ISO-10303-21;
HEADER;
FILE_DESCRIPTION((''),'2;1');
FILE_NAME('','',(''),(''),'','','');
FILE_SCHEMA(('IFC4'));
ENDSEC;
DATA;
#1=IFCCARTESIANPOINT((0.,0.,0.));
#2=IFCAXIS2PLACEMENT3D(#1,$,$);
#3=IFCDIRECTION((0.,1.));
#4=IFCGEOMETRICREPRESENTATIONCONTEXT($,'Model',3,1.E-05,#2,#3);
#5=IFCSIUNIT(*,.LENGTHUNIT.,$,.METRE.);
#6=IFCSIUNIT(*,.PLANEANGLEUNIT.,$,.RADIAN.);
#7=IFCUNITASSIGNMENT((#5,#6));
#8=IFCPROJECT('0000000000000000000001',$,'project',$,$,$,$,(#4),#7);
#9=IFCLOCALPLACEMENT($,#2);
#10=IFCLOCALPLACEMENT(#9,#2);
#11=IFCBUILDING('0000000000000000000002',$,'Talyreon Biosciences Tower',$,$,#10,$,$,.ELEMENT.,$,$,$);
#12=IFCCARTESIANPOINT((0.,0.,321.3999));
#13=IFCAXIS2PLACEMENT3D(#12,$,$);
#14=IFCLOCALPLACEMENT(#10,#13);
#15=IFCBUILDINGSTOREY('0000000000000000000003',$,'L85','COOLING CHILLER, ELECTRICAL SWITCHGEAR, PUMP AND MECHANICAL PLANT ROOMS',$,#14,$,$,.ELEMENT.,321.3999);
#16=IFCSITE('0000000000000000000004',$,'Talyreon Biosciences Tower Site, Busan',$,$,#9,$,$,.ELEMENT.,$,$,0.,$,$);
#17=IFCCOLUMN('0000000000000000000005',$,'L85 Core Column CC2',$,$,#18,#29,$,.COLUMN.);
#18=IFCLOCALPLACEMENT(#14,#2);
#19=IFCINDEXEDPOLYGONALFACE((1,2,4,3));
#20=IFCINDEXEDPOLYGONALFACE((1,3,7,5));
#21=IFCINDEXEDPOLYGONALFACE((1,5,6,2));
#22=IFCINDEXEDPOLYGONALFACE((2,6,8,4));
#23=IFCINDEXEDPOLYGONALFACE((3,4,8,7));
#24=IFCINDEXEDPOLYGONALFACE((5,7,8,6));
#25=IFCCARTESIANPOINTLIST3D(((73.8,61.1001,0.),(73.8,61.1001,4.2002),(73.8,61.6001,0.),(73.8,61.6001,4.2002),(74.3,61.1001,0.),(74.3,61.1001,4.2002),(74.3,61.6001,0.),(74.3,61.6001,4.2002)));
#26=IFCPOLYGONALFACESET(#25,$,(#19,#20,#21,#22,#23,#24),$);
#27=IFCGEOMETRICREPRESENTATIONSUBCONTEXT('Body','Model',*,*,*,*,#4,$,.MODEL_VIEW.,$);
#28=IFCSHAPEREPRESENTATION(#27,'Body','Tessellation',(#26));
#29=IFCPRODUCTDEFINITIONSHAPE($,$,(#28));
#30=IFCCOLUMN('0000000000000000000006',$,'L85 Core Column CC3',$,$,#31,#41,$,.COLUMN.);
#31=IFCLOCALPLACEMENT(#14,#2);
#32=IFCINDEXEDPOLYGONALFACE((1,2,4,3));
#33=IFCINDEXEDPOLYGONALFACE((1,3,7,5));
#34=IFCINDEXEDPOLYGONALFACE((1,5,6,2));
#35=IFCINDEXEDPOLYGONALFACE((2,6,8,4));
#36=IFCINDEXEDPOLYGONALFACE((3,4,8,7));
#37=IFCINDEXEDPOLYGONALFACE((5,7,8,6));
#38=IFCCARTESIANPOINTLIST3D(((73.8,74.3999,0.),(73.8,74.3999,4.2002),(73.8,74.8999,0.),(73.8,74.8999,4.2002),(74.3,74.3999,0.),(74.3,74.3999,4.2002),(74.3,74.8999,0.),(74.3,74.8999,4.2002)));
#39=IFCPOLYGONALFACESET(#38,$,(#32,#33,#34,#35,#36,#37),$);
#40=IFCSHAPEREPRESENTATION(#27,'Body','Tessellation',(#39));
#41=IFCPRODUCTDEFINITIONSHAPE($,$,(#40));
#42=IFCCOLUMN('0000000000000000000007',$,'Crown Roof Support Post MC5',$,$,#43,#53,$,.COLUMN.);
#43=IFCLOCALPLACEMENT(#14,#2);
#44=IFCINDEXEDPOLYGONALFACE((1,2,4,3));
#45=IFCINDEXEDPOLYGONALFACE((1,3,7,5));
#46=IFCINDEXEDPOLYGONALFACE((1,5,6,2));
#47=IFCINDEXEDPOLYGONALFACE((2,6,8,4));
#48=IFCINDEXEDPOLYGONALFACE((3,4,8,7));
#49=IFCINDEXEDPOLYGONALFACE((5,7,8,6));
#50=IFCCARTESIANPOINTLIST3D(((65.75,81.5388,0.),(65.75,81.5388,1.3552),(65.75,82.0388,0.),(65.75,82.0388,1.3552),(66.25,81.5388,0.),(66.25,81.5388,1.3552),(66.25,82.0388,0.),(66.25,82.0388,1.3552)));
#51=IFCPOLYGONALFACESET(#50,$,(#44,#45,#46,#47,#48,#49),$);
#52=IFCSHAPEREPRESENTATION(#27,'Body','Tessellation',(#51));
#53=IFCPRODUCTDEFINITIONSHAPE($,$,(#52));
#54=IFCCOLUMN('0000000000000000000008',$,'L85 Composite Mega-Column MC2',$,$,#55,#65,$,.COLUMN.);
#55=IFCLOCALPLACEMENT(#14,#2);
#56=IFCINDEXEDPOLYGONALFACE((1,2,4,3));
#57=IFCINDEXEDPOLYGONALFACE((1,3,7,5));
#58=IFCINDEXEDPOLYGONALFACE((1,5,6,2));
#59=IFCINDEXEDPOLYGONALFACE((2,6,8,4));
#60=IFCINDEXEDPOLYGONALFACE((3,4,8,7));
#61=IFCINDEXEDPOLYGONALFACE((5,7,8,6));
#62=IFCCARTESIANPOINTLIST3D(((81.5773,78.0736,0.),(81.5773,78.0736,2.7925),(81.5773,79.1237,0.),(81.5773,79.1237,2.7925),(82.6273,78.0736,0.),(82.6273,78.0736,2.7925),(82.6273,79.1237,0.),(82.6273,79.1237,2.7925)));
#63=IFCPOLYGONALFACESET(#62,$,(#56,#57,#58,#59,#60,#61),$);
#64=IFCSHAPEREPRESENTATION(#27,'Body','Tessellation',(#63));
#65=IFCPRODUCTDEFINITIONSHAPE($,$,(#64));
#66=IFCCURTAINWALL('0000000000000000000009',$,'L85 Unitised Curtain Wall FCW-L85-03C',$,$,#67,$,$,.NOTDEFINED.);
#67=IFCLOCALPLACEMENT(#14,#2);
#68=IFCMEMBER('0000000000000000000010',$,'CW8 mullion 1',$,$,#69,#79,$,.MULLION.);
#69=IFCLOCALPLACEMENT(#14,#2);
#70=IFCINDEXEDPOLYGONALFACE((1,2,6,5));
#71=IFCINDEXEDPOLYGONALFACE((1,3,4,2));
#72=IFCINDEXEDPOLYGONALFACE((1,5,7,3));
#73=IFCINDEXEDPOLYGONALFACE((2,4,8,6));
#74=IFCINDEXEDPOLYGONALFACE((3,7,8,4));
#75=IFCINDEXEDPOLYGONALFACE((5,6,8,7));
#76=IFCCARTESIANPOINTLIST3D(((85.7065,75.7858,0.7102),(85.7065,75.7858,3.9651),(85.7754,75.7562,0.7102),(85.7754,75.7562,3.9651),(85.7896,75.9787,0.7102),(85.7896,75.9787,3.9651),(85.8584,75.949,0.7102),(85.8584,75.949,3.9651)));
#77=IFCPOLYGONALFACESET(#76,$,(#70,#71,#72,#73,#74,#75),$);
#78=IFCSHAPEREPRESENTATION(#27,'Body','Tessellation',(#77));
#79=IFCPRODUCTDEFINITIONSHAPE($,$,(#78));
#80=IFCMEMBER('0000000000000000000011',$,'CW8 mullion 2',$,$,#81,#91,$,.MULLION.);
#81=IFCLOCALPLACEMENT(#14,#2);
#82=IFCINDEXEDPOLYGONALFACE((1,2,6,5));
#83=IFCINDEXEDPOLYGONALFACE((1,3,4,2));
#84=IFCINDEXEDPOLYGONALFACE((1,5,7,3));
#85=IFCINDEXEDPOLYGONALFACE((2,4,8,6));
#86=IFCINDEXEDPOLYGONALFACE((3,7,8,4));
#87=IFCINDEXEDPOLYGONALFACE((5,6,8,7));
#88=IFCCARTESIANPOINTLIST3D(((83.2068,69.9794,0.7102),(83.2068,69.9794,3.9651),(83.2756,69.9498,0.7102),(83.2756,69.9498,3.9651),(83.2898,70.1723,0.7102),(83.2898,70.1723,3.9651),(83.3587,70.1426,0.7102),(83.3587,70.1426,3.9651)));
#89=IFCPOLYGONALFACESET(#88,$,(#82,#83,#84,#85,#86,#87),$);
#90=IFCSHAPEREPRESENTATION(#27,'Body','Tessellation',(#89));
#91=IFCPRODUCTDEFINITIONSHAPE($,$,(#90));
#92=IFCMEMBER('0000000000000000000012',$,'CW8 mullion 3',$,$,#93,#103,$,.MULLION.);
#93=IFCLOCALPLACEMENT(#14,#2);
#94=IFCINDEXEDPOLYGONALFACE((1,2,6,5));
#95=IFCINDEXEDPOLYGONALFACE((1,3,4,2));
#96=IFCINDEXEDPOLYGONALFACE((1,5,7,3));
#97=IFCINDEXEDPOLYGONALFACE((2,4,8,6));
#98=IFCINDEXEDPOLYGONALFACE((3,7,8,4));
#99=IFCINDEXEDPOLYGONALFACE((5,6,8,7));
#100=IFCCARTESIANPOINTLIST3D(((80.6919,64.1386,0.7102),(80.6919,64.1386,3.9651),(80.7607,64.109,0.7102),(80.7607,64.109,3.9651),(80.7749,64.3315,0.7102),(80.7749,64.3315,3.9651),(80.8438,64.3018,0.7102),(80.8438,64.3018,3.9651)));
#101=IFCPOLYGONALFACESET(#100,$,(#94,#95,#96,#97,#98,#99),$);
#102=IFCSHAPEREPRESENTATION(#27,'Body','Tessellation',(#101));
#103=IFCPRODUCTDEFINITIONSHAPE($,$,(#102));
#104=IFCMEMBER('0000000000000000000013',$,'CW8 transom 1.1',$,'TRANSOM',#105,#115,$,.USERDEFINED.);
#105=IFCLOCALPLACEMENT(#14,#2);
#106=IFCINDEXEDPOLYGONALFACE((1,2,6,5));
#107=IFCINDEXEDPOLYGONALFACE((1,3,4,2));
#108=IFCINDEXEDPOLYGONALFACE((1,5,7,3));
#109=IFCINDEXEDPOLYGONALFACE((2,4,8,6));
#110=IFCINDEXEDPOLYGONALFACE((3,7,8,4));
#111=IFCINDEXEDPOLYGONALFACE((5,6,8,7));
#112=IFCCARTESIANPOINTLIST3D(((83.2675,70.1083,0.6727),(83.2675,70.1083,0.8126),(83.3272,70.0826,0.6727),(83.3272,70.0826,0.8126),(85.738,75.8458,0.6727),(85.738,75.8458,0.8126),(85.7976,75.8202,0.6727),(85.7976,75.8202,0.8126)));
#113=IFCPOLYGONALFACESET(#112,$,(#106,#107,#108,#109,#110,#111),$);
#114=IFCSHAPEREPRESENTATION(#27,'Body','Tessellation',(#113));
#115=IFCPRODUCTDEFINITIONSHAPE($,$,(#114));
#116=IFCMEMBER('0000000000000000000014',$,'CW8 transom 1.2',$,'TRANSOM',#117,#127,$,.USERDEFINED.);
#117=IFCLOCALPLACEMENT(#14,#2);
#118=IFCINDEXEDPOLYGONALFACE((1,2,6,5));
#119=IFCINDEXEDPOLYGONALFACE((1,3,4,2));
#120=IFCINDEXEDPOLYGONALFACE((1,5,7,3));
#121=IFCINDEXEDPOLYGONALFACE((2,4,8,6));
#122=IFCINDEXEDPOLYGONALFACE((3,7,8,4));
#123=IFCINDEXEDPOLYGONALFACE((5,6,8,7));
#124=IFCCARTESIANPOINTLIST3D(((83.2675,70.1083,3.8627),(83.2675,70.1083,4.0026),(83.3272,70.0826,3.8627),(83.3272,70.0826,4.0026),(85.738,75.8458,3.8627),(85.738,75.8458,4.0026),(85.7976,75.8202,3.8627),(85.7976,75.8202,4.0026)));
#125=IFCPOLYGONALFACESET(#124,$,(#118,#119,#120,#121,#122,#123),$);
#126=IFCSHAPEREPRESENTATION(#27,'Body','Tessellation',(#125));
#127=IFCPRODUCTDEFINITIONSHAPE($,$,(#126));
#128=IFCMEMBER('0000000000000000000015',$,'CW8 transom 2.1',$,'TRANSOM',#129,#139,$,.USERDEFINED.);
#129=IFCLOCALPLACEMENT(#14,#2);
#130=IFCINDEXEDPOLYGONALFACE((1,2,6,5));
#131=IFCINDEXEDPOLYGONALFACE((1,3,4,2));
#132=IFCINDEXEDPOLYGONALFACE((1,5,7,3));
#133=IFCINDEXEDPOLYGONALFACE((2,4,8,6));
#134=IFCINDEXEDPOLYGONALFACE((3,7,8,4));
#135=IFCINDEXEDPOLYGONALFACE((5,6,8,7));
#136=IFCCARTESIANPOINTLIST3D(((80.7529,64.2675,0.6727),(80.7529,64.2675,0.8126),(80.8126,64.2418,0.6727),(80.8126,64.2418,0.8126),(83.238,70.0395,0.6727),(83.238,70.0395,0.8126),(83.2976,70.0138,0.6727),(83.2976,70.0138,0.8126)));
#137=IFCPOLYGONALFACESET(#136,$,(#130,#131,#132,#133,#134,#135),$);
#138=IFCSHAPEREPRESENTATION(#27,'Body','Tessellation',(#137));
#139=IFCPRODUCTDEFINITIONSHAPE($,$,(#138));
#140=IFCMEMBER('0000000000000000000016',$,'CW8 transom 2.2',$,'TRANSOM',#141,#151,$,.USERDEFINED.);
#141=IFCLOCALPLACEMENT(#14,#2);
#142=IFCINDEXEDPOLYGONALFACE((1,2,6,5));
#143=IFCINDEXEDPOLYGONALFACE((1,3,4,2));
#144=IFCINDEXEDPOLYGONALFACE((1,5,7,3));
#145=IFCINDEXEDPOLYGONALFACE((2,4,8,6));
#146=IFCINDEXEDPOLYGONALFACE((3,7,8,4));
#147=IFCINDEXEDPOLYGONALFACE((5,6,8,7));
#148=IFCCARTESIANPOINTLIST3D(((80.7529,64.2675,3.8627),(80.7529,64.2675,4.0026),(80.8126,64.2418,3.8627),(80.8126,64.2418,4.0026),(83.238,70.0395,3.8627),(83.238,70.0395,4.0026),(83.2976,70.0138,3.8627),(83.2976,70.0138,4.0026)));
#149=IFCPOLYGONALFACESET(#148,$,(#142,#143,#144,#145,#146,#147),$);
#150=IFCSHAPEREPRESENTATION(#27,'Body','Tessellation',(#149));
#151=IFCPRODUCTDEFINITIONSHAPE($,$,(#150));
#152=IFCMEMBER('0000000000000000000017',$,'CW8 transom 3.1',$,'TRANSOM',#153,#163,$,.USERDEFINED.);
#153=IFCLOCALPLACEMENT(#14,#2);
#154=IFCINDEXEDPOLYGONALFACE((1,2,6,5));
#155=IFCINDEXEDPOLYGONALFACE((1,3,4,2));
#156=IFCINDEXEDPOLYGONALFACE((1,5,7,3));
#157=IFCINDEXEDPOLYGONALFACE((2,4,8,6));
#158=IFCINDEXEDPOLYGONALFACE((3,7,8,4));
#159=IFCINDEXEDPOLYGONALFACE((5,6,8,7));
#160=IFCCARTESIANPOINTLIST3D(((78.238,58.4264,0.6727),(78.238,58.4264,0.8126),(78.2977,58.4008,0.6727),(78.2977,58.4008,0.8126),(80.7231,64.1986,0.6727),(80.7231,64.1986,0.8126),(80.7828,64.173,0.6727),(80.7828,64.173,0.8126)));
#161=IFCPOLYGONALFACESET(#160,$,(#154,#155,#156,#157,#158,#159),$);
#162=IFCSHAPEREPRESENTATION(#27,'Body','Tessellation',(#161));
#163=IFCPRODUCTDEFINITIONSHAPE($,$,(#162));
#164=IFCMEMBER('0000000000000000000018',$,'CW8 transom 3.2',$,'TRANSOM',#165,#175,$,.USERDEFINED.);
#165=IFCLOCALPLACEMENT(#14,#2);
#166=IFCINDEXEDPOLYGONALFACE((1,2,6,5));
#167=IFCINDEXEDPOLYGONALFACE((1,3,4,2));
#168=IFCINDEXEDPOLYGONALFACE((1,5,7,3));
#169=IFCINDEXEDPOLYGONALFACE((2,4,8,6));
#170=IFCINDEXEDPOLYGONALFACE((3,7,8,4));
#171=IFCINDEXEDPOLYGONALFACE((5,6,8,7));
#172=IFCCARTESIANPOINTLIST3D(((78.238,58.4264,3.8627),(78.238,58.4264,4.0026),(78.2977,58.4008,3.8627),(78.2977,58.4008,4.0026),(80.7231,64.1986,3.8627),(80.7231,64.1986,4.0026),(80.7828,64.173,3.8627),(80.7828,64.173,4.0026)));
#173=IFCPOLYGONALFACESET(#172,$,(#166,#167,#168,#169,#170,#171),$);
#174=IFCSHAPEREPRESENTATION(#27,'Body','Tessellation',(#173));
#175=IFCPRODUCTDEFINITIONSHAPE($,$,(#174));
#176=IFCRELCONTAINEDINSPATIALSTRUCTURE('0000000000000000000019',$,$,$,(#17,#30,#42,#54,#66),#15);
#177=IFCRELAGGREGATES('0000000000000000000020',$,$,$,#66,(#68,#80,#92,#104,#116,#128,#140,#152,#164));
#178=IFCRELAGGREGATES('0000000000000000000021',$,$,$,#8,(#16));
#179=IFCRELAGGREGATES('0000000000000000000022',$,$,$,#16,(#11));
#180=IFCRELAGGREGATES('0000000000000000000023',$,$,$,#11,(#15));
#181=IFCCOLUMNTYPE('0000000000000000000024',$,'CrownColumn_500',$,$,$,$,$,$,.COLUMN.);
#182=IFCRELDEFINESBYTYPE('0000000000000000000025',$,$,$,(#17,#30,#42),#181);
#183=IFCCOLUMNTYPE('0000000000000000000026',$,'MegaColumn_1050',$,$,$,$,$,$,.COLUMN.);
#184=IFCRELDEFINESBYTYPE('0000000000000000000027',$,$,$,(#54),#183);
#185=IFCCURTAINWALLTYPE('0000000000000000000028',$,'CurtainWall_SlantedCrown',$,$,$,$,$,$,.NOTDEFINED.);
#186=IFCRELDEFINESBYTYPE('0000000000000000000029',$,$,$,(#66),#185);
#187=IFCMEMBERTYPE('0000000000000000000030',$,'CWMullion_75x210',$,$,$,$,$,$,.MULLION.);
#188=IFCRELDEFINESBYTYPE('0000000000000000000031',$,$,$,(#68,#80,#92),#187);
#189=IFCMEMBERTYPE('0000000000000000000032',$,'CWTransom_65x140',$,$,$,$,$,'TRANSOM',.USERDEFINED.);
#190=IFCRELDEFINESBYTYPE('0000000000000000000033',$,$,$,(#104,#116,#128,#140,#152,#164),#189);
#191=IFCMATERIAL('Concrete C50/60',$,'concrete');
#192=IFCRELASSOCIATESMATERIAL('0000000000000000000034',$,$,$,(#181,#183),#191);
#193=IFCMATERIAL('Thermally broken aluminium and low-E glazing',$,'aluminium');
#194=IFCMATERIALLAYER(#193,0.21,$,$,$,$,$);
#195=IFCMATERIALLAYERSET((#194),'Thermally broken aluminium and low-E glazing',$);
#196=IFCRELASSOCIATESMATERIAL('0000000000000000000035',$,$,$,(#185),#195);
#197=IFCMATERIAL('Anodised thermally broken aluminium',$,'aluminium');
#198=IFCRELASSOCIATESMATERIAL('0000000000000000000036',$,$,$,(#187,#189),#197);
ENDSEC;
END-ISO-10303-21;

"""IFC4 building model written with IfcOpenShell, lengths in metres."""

from ifc_helpers import new_model, si_unit, direction, frame, origin, origin_2d, place, context, subcontext, project, spatial, rectangle, extrude, material, layer, layer_set, material_profile, profile_set, type_object, element, aggregate, save


model = new_model("IFC4")

# Units and contexts
model_context = context("Model", 3, precision=1e-05, world=origin(), true_north=direction((0.0, 1.0)))
body_context = subcontext(model_context, "Body", "Model", "MODEL_VIEW")
ifc_project = project(units=[si_unit("LENGTHUNIT", "METRE"), si_unit("PLANEANGLEUNIT", "RADIAN")], contexts=[model_context])

# Site, building, storey
site_placement = place(None, origin())
site = spatial("IfcSite", under=ifc_project, at=site_placement, Name="Talyreon Biosciences Tower Site, Busan", CompositionType="ELEMENT", RefElevation=0.0)
building_placement = place(site_placement, origin())
building = spatial("IfcBuilding", under=site, at=building_placement, Name="Talyreon Biosciences Tower", CompositionType="ELEMENT")
storey_placement = place(building_placement, frame((0.0, 0.0, 321.3999)))
storey = spatial("IfcBuildingStorey", under=building, at=storey_placement, Name="L85", Description="COOLING CHILLER, ELECTRICAL SWITCHGEAR, PUMP AND MECHANICAL PLANT ROOMS", CompositionType="ELEMENT", Elevation=321.3999)

# Columns
ifc_material_1 = material(Name="Concrete C50/60", Category="concrete")
ifc_material_profile_1 = material_profile(ifc_material_1, rectangle(XDim=0.5, YDim=0.5, at=origin_2d()), Name="RC 500x500")
ifc_profile_set_1 = profile_set([ifc_material_profile_1], Name="Concrete C50/60")
column_type_1 = type_object("IfcColumnType", Name="CrownColumn_500", PredefinedType="COLUMN", material=ifc_profile_set_1)
for number, where, z_axis, x_axis, name in (
    (1, (74.05, 61.3501, 0.0), (0.0, 0.0, 1.0), (1.0, 0.0, 0.0), "L85 Core Column CC2"),
    (2, (74.05, 74.6499, 0.0), (0.0, 0.0, 1.0), (1.0, 0.0, 0.0), "L85 Core Column CC3"),
):
    element("IfcColumn", number, at=place(storey_placement, frame(where, z_axis=z_axis, x_axis=x_axis)), inside=storey, type_object=column_type_1, Name=name, PredefinedType="COLUMN", context=body_context, shape_type="SweptSolid", body=[
        extrude(rectangle(XDim=0.5, YDim=0.5, at=origin_2d()), origin(), (0.0, 0.0, 1.0), 4.2002),
    ])
column_1_placement = place(storey_placement, frame((66.0, 81.7888, 0.0), z_axis=(0.0, 0.0, 1.0), x_axis=(1.0, 0.0, 0.0)))
element("IfcColumn", 3, at=column_1_placement, inside=storey, type_object=column_type_1, Name="Crown Roof Support Post MC5", PredefinedType="COLUMN", context=body_context, shape_type="SweptSolid", body=[
    extrude(rectangle(XDim=0.5, YDim=0.5, at=origin_2d()), origin(), (0.0, 0.0, 1.0), 1.3552),
])
ifc_material_profile_2 = material_profile(ifc_material_1, rectangle(XDim=1.05, YDim=1.05, at=origin_2d()), Name="RC 1050x1050")
ifc_profile_set_2 = profile_set([ifc_material_profile_2], Name="Concrete C50/60")
column_type_2 = type_object("IfcColumnType", Name="MegaColumn_1050", PredefinedType="COLUMN", material=ifc_profile_set_2)
column_2_placement = place(storey_placement, frame((82.1023, 78.5986, 0.0), z_axis=(0.0, 0.0, 1.0), x_axis=(1.0, 0.0, 0.0)))
element("IfcColumn", 4, at=column_2_placement, inside=storey, type_object=column_type_2, Name="L85 Composite Mega-Column MC2", PredefinedType="COLUMN", context=body_context, shape_type="SweptSolid", body=[
    extrude(rectangle(XDim=1.05, YDim=1.05, at=origin_2d()), origin(), (0.0, 0.0, 1.0), 2.7925),
])

# Curtain wall, members
ifc_material_2 = material(Name="Thermally broken aluminium and low-E glazing", Category="aluminium")
ifc_layer_1 = layer(ifc_material_2, 0.21)
ifc_layer_set_1 = layer_set([ifc_layer_1], Name="Thermally broken aluminium and low-E glazing")
curtain_wall_type = type_object("IfcCurtainWallType", Name="CurtainWall_SlantedCrown", PredefinedType="NOTDEFINED", material=ifc_layer_set_1)
curtain_wall_placement = place(storey_placement, origin())
curtain_wall = element("IfcCurtainWall", 5, at=curtain_wall_placement, inside=storey, type_object=curtain_wall_type, Name="L85 Unitised Curtain Wall FCW-L85-03C", PredefinedType="NOTDEFINED")
ifc_material_3 = material(Name="Anodised thermally broken aluminium", Category="aluminium")
ifc_material_profile_3 = material_profile(ifc_material_3, rectangle(XDim=0.075, YDim=0.21, at=origin_2d()), Name="ALUM MULLION 75x210")
ifc_profile_set_3 = profile_set([ifc_material_profile_3], Name="Anodised thermally broken aluminium")
member_type_1 = type_object("IfcMemberType", Name="CWMullion_75x210", PredefinedType="MULLION", material=ifc_profile_set_3)
member_1_placement = place(storey_placement, frame((85.7825, 75.8674, 0.7102), z_axis=(0.0, 0.0, 1.0), x_axis=(0.918487, -0.395451, 0.0)))
member_1 = element("IfcMember", 6, at=member_1_placement, type_object=member_type_1, Name="CW8 mullion 1", PredefinedType="MULLION", context=body_context, shape_type="SweptSolid", body=[
    extrude(rectangle(XDim=0.075, YDim=0.21, at=origin_2d()), origin(), (0.0, 0.0, 1.0), 3.2549),
])
member_2_placement = place(storey_placement, frame((83.2827, 70.061, 0.7102), z_axis=(0.0, 0.0, 1.0), x_axis=(0.918487, -0.395451, 0.0)))
member_2 = element("IfcMember", 7, at=member_2_placement, type_object=member_type_1, Name="CW8 mullion 2", PredefinedType="MULLION", context=body_context, shape_type="SweptSolid", body=[
    extrude(rectangle(XDim=0.075, YDim=0.21, at=origin_2d()), origin(), (0.0, 0.0, 1.0), 3.2549),
])
member_3_placement = place(storey_placement, frame((80.7678, 64.2202, 0.7102), z_axis=(0.0, 0.0, 1.0), x_axis=(0.918487, -0.395451, 0.0)))
member_3 = element("IfcMember", 8, at=member_3_placement, type_object=member_type_1, Name="CW8 mullion 3", PredefinedType="MULLION", context=body_context, shape_type="SweptSolid", body=[
    extrude(rectangle(XDim=0.075, YDim=0.21, at=origin_2d()), origin(), (0.0, 0.0, 1.0), 3.2549),
])
ifc_material_profile_4 = material_profile(ifc_material_3, rectangle(XDim=0.0649, YDim=0.1399, at=origin_2d()), Name="ALUM TRANSOM 65x140")
ifc_profile_set_4 = profile_set([ifc_material_profile_4], Name="Anodised thermally broken aluminium")
member_type_2 = type_object("IfcMemberType", Name="CWTransom_65x140", ElementType="TRANSOM", PredefinedType="USERDEFINED", material=ifc_profile_set_4)
member_4_placement = place(storey_placement, frame((85.7678, 75.833, 0.7427), z_axis=(-0.395475, -0.918477, 0.0), x_axis=(0.918477, -0.395475, 0.0)))
member_4 = element("IfcMember", 9, at=member_4_placement, type_object=member_type_2, Name="CW8 transom 1.1", ObjectType="TRANSOM", PredefinedType="USERDEFINED", context=body_context, shape_type="SweptSolid", body=[
    extrude(rectangle(XDim=0.0649, YDim=0.1399, at=origin_2d()), origin(), (0.0, 0.0, 1.0), 6.2468),
])
member_5_placement = place(storey_placement, frame((85.7678, 75.833, 3.9326), z_axis=(-0.395475, -0.918477, 0.0), x_axis=(0.918477, -0.395475, 0.0)))
member_5 = element("IfcMember", 10, at=member_5_placement, type_object=member_type_2, Name="CW8 transom 1.2", ObjectType="TRANSOM", PredefinedType="USERDEFINED", context=body_context, shape_type="SweptSolid", body=[
    extrude(rectangle(XDim=0.0649, YDim=0.1399, at=origin_2d()), origin(), (0.0, 0.0, 1.0), 6.2468),
])
member_6_placement = place(storey_placement, frame((83.2678, 70.0266, 0.7427), z_axis=(-0.395452, -0.918487, 0.0), x_axis=(0.918487, -0.395452, 0.0)))
member_6 = element("IfcMember", 11, at=member_6_placement, type_object=member_type_2, Name="CW8 transom 2.1", ObjectType="TRANSOM", PredefinedType="USERDEFINED", context=body_context, shape_type="SweptSolid", body=[
    extrude(rectangle(XDim=0.0649, YDim=0.1399, at=origin_2d()), origin(), (0.0, 0.0, 1.0), 6.2842),
])
member_7_placement = place(storey_placement, frame((83.2678, 70.0266, 3.9326), z_axis=(-0.395452, -0.918487, 0.0), x_axis=(0.918487, -0.395452, 0.0)))
member_7 = element("IfcMember", 12, at=member_7_placement, type_object=member_type_2, Name="CW8 transom 2.2", ObjectType="TRANSOM", PredefinedType="USERDEFINED", context=body_context, shape_type="SweptSolid", body=[
    extrude(rectangle(XDim=0.0649, YDim=0.1399, at=origin_2d()), origin(), (0.0, 0.0, 1.0), 6.2842),
])
member_8_placement = place(storey_placement, frame((80.7529, 64.1858, 0.7427), z_axis=(-0.395438, -0.918493, 0.0), x_axis=(0.918493, -0.395438, 0.0)))
member_8 = element("IfcMember", 13, at=member_8_placement, type_object=member_type_2, Name="CW8 transom 3.1", ObjectType="TRANSOM", PredefinedType="USERDEFINED", context=body_context, shape_type="SweptSolid", body=[
    extrude(rectangle(XDim=0.0649, YDim=0.1399, at=origin_2d()), origin(), (0.0, 0.0, 1.0), 6.2844),
])
member_9_placement = place(storey_placement, frame((80.7529, 64.1858, 3.9326), z_axis=(-0.395438, -0.918493, 0.0), x_axis=(0.918493, -0.395438, 0.0)))
member_9 = element("IfcMember", 14, at=member_9_placement, type_object=member_type_2, Name="CW8 transom 3.2", ObjectType="TRANSOM", PredefinedType="USERDEFINED", context=body_context, shape_type="SweptSolid", body=[
    extrude(rectangle(XDim=0.0649, YDim=0.1399, at=origin_2d()), origin(), (0.0, 0.0, 1.0), 6.2844),
])

aggregate(curtain_wall, [member_1, member_2, member_3, member_4, member_5, member_6, member_7, member_8, member_9])

save(model, "model.ifc")
